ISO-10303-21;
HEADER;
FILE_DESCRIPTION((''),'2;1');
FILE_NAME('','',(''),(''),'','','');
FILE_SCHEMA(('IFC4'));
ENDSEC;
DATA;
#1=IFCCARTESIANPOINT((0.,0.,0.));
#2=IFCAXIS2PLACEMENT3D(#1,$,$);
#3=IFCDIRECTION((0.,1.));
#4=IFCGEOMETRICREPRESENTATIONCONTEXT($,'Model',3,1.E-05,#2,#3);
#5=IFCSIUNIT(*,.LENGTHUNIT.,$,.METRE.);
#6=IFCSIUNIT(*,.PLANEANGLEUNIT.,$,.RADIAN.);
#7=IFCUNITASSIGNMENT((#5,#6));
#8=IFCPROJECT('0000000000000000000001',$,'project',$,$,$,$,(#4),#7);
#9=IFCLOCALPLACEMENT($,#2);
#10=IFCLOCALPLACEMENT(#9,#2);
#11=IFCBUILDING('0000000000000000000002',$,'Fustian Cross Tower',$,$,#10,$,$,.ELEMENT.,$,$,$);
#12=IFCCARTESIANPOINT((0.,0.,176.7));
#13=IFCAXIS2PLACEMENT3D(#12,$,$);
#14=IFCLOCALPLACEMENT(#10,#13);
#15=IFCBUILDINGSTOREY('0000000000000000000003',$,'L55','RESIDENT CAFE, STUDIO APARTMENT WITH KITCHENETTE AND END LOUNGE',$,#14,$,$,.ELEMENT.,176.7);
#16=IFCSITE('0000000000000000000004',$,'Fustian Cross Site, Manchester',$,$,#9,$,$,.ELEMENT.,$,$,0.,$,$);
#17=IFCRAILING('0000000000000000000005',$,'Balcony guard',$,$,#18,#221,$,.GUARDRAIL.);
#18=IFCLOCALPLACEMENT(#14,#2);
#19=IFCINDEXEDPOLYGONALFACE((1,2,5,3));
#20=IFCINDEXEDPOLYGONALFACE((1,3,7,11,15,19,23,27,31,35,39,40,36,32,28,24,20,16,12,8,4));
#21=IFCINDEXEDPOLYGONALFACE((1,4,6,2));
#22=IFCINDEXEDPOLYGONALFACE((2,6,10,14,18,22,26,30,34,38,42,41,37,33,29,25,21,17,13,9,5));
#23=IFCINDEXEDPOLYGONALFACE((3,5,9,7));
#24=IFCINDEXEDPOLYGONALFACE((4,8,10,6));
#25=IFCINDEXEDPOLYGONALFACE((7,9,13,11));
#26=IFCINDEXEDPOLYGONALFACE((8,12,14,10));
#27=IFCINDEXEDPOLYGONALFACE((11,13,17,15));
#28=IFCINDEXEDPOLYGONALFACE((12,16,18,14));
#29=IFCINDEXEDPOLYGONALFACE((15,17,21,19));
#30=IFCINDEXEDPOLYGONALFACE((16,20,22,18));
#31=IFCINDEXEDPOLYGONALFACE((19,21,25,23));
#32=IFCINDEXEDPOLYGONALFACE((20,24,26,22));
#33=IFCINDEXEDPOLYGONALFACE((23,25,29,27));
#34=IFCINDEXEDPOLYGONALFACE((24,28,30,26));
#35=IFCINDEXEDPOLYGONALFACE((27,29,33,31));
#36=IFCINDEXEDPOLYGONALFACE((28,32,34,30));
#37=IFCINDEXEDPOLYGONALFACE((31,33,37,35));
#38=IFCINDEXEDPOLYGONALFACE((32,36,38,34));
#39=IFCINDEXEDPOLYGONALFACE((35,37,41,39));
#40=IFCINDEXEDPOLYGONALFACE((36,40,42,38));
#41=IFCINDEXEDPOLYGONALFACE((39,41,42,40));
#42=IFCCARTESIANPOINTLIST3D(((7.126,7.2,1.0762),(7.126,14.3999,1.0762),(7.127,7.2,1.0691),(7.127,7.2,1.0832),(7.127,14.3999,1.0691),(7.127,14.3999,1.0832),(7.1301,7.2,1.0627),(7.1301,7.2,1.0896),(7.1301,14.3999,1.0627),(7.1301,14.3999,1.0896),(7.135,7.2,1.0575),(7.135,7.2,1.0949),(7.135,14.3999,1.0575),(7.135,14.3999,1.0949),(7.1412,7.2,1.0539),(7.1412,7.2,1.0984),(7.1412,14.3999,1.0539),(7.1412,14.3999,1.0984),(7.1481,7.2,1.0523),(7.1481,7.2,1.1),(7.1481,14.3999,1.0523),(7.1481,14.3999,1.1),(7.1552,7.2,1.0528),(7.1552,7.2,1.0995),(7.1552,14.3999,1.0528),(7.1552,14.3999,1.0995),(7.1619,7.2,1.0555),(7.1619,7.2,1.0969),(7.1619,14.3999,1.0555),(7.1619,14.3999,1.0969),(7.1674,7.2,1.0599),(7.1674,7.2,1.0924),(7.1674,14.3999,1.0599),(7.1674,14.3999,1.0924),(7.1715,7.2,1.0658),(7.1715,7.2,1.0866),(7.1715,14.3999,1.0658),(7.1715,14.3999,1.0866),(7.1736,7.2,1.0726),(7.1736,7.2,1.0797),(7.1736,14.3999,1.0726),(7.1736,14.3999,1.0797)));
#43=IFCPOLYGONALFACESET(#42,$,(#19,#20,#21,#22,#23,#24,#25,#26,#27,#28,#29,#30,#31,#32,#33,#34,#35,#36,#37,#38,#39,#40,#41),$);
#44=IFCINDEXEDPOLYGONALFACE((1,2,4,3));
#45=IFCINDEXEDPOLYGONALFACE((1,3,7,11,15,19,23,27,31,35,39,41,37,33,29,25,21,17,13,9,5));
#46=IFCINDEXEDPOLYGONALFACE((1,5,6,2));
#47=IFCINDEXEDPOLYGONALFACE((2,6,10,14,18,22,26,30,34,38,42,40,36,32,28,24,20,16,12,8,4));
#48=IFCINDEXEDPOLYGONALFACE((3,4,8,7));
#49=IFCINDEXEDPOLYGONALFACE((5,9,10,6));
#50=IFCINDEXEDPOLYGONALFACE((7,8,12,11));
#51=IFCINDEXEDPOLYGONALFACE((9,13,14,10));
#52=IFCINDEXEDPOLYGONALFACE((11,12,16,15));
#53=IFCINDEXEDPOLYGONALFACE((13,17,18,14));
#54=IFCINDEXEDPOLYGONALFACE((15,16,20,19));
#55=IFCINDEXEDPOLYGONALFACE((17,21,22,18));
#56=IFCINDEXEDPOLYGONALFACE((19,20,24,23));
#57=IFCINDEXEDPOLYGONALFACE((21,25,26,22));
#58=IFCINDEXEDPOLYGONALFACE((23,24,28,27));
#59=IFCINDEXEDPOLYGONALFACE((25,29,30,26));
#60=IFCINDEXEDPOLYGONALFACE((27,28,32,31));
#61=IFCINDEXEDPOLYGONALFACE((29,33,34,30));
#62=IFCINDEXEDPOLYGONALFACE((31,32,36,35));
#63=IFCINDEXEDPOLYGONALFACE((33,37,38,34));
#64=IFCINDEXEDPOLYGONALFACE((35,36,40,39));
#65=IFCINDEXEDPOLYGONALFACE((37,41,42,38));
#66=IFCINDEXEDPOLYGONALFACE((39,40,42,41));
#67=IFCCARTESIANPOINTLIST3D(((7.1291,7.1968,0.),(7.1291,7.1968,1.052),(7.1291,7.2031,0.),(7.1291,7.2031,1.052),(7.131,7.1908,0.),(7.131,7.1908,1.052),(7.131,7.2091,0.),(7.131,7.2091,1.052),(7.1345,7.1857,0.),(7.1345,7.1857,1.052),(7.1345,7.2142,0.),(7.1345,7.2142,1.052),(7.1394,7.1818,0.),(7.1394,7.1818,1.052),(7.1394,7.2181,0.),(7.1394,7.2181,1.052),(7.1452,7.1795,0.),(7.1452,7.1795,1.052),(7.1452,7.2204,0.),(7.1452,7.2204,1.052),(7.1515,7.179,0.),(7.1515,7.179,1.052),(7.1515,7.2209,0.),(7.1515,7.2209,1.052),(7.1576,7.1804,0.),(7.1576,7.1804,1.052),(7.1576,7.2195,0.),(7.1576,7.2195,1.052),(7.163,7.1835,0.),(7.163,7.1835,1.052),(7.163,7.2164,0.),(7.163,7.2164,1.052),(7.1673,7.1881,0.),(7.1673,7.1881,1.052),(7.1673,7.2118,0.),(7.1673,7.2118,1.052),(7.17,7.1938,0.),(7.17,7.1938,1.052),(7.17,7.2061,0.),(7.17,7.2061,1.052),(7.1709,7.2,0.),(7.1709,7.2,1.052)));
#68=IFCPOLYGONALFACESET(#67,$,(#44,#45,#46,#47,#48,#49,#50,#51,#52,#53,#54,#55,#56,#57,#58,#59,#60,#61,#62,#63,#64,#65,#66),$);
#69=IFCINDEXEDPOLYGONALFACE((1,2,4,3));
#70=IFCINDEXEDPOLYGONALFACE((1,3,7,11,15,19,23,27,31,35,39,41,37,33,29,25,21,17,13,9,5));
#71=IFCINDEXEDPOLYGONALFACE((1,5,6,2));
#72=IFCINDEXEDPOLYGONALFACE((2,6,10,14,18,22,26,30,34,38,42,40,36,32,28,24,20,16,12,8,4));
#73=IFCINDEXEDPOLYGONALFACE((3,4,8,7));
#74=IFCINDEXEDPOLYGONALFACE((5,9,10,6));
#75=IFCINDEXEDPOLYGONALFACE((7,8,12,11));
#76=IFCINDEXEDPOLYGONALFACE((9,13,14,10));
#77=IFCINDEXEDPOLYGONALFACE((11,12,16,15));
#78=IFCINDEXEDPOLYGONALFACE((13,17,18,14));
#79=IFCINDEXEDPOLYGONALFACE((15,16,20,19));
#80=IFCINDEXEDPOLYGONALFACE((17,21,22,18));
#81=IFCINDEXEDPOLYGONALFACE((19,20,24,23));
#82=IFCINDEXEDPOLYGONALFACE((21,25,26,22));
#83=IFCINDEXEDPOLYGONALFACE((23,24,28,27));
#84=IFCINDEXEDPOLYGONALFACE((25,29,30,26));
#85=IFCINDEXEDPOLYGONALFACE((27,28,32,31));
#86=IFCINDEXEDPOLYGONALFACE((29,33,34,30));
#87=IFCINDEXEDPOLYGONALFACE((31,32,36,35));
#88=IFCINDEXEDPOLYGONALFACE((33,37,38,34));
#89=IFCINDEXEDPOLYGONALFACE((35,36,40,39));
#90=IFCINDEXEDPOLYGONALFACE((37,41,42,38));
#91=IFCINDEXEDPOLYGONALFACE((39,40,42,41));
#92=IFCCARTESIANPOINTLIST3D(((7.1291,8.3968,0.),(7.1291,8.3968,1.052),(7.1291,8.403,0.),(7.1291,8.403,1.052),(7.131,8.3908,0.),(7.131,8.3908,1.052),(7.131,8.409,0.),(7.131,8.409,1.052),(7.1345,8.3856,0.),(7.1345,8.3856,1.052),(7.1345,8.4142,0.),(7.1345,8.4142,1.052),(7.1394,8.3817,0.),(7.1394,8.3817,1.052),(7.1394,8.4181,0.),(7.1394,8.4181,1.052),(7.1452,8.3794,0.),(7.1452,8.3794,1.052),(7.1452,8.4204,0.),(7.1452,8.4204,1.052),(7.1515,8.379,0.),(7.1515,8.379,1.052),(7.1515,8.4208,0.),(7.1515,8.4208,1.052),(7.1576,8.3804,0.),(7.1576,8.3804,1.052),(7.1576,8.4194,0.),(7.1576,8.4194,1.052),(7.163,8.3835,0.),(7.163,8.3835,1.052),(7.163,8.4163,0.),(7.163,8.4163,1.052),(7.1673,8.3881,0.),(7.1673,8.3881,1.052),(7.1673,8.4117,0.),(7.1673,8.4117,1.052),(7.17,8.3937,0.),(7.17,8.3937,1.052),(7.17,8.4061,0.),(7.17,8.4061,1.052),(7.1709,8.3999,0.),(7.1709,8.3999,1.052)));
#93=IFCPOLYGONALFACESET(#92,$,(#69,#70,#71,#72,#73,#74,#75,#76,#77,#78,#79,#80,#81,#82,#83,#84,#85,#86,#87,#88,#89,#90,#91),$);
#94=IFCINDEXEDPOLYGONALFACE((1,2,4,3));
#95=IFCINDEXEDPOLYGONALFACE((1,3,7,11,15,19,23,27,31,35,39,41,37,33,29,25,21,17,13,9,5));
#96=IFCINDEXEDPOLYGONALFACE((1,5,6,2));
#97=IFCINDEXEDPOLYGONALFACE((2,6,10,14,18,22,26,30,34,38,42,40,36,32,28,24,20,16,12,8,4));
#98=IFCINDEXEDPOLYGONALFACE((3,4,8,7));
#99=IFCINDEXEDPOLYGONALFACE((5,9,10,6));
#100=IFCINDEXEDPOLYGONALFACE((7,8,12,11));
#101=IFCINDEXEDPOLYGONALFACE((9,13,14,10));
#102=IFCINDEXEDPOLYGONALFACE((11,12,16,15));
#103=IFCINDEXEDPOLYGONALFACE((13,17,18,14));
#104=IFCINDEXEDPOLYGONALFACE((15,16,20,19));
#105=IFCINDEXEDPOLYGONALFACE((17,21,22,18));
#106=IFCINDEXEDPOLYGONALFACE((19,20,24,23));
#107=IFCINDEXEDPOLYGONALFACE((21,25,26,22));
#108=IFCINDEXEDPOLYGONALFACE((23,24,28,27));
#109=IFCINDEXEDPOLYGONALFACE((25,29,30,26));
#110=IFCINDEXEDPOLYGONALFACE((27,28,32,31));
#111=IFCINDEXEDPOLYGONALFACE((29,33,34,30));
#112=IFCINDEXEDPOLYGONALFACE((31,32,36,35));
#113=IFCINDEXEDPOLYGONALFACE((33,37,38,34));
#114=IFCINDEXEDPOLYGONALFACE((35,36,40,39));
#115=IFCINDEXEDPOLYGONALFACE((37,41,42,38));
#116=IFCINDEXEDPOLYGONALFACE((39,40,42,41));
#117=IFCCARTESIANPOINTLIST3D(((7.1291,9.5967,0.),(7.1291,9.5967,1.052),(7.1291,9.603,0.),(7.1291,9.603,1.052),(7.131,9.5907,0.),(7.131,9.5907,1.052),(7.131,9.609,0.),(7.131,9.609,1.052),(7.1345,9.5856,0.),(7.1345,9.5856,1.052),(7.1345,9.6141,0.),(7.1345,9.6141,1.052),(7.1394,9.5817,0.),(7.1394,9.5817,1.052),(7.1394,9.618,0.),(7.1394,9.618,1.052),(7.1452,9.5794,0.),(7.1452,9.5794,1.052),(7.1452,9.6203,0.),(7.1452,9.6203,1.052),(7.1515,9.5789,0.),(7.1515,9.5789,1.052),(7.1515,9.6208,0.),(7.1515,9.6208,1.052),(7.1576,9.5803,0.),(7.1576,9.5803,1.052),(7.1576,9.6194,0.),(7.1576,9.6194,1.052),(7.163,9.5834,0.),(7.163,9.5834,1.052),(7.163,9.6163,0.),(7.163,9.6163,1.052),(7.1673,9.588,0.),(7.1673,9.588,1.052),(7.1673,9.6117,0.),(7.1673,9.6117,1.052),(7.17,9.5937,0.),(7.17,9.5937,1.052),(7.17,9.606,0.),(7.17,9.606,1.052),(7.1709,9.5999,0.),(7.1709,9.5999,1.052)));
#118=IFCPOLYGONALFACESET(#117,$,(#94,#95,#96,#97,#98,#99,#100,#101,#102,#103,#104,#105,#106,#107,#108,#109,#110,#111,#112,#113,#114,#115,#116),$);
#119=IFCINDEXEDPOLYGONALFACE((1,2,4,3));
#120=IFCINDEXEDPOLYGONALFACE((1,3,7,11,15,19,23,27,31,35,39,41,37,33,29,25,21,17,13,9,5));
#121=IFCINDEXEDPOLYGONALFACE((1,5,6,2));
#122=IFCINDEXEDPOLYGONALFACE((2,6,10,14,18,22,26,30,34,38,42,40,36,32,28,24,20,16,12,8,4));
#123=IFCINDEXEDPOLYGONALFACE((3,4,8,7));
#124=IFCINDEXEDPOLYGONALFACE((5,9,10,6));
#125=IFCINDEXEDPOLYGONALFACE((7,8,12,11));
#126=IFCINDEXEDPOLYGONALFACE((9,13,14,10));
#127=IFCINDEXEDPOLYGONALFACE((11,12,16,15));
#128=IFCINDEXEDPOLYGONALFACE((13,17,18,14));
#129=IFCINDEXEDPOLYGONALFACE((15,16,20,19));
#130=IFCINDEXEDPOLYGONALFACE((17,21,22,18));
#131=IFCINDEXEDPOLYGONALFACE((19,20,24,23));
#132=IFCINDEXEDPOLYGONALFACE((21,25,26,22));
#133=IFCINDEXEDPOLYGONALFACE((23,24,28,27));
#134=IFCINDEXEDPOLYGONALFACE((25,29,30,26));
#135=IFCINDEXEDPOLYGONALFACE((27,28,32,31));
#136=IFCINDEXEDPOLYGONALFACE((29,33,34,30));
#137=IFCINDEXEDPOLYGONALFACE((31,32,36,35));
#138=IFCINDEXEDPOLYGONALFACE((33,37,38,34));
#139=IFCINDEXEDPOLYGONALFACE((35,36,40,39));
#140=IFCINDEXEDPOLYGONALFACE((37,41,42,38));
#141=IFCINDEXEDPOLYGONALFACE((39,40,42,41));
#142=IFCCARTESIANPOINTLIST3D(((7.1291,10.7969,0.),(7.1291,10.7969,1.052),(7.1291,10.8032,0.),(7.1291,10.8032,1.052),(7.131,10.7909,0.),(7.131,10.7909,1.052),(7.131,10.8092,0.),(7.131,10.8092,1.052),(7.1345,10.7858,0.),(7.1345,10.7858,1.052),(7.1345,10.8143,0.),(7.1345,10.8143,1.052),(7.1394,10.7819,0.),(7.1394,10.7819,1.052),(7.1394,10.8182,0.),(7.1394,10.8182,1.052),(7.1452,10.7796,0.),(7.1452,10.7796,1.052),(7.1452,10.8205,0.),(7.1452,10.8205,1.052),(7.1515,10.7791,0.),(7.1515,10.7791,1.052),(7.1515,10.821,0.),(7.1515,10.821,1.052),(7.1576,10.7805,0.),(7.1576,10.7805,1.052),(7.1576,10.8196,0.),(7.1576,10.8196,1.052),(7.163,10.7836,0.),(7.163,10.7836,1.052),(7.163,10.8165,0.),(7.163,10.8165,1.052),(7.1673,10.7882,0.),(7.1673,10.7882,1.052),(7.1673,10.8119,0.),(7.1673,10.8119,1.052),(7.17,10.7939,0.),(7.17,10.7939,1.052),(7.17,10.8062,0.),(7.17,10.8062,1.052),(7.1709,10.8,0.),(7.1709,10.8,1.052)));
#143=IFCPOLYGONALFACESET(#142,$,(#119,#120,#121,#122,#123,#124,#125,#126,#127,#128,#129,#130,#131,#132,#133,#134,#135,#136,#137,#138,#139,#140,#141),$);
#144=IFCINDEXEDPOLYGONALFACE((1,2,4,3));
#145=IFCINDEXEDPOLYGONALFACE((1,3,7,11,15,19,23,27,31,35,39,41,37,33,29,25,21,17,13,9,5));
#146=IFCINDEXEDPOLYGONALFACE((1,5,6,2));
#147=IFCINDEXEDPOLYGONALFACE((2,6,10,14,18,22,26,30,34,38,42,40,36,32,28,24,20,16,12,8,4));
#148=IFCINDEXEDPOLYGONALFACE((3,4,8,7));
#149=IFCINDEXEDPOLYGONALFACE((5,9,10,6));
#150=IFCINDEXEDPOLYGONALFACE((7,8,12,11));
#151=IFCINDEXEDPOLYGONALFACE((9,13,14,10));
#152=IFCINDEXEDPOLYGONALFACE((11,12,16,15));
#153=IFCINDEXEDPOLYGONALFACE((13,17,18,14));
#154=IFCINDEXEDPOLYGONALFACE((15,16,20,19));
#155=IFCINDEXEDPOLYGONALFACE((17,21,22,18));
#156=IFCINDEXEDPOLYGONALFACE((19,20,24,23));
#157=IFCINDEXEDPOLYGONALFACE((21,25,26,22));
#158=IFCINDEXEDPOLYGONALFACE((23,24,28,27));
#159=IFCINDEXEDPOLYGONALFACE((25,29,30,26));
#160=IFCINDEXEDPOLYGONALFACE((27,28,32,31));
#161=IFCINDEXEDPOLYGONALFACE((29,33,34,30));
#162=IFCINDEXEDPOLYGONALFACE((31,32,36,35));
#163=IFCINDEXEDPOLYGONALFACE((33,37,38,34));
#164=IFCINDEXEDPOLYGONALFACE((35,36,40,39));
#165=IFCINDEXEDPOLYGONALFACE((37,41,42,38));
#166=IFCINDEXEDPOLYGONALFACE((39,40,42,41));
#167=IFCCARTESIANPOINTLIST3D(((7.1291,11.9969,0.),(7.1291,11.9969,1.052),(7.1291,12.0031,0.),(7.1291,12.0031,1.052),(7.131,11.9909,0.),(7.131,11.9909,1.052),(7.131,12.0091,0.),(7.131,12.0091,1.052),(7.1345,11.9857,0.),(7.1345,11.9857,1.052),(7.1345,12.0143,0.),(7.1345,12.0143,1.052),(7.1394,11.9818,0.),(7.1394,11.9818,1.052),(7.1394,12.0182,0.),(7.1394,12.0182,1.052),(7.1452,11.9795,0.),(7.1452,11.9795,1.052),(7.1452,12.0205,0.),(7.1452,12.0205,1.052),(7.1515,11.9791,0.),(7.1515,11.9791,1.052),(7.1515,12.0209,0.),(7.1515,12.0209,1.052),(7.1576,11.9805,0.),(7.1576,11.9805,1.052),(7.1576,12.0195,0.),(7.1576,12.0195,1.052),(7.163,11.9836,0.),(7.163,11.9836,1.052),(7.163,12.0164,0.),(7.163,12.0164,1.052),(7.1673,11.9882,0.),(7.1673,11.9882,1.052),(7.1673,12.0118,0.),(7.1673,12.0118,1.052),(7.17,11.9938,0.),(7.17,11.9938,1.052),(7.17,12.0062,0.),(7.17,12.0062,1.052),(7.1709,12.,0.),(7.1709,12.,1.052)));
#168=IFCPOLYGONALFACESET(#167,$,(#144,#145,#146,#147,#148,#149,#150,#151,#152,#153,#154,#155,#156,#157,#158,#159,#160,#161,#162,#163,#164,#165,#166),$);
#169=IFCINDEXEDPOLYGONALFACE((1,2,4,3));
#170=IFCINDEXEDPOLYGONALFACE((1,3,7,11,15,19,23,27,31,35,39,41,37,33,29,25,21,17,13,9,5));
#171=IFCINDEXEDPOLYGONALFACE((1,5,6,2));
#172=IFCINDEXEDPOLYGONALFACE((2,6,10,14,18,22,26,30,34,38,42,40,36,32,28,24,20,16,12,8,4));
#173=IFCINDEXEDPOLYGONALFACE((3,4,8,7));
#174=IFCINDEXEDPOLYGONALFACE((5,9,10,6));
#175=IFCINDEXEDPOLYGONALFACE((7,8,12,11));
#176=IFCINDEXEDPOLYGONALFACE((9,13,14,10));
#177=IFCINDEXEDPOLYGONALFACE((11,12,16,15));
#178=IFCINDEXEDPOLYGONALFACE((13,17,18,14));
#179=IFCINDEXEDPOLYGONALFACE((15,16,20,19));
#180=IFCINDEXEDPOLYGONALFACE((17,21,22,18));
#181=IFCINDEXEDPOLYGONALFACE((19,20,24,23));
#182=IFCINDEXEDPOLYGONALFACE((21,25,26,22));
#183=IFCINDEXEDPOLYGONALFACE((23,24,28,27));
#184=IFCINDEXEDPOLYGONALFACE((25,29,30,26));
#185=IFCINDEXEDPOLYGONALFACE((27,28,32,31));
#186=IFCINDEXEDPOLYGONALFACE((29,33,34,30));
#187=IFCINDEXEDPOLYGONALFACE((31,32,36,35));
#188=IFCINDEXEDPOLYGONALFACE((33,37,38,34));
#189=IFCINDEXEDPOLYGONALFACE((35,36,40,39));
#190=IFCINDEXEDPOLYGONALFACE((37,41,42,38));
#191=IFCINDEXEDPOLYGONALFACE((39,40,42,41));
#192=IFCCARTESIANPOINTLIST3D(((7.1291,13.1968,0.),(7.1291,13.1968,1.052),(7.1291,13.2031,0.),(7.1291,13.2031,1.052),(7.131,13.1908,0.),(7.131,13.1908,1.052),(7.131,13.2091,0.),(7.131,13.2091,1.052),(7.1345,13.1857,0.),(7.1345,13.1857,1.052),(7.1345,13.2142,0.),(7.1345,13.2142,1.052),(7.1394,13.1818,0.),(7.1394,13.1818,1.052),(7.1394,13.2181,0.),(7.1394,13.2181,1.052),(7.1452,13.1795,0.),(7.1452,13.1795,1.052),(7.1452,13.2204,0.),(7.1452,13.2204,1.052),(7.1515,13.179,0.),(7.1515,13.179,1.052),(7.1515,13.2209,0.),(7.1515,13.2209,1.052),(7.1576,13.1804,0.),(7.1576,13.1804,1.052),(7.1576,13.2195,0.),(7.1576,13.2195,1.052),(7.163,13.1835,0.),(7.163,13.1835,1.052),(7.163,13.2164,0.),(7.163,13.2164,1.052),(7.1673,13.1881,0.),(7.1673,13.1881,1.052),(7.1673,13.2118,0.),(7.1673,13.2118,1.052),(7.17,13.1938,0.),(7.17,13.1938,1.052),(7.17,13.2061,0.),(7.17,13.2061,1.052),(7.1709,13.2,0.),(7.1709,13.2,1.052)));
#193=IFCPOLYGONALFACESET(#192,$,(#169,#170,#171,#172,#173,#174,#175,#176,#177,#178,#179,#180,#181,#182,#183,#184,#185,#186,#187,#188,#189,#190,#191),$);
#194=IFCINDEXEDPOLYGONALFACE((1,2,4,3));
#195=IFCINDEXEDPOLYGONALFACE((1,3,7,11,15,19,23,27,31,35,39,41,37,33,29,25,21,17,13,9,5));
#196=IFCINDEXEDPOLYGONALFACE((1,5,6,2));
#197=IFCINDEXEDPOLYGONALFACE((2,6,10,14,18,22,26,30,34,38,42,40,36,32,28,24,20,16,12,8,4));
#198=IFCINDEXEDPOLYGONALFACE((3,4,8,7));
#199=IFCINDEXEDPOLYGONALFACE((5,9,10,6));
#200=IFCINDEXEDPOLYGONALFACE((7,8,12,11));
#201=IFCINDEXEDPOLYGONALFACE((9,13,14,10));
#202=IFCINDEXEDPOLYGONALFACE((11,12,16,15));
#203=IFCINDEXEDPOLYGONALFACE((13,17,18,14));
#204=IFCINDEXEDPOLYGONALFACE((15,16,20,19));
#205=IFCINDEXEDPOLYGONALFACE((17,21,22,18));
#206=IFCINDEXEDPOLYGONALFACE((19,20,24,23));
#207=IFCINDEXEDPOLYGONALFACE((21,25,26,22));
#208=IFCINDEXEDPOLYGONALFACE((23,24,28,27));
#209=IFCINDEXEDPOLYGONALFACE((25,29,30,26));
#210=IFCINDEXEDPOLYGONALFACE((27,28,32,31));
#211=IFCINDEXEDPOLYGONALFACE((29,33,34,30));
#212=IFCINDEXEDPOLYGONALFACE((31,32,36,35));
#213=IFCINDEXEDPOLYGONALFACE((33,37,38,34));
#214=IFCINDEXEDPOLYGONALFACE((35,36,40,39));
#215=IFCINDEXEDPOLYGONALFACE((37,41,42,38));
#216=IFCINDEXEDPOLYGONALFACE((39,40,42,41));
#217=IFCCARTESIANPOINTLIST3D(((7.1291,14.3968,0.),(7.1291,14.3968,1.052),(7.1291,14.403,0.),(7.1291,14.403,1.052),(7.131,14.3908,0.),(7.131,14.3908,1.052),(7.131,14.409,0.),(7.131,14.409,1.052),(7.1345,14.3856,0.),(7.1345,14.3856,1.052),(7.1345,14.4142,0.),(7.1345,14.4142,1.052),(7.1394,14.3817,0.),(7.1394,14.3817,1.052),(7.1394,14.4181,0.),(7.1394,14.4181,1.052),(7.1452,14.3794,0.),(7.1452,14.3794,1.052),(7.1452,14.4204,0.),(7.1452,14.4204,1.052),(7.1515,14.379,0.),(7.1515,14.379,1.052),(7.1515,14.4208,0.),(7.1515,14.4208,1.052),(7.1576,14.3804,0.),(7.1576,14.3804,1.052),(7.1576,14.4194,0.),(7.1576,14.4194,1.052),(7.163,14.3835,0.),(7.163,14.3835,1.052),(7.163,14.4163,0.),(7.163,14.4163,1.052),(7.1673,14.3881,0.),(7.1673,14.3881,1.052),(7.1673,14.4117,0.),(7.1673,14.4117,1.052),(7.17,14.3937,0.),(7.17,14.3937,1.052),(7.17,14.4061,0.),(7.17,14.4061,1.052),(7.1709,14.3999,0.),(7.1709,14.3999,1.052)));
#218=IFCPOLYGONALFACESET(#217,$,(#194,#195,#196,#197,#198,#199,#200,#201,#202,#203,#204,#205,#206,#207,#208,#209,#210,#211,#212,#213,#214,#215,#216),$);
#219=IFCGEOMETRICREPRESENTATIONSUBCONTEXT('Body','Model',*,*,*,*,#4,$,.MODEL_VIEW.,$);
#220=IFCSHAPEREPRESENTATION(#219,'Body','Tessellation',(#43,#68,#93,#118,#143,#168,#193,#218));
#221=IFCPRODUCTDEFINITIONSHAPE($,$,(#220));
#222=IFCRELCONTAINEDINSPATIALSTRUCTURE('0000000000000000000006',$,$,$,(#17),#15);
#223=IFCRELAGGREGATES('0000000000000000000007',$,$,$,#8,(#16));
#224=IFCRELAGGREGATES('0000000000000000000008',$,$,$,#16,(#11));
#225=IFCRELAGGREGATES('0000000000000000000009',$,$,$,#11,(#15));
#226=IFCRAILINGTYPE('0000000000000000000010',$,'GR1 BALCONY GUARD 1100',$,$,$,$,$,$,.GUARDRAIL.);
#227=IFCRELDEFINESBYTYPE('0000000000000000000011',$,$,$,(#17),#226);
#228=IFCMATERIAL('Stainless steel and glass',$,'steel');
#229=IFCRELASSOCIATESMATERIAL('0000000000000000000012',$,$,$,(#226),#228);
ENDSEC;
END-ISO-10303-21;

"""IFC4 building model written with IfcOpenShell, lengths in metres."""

from ifc_helpers import new_model, si_unit, direction, frame, origin, origin_2d, place, context, subcontext, project, spatial, circle, extrude, material, type_object, element, save


model = new_model("IFC4")

# Units and contexts
model_context = context("Model", 3, precision=1e-05, world=origin(), true_north=direction((0.0, 1.0)))
body_context = subcontext(model_context, "Body", "Model", "MODEL_VIEW")
ifc_project = project(units=[si_unit("LENGTHUNIT", "METRE"), si_unit("PLANEANGLEUNIT", "RADIAN")], contexts=[model_context])

# Site, building, storey
site_placement = place(None, origin())
site = spatial("IfcSite", under=ifc_project, at=site_placement, Name="Fustian Cross Site, Manchester", CompositionType="ELEMENT", RefElevation=0.0)
building_placement = place(site_placement, origin())
building = spatial("IfcBuilding", under=site, at=building_placement, Name="Fustian Cross Tower", CompositionType="ELEMENT")
storey_placement = place(building_placement, frame((0.0, 0.0, 176.7)))
storey = spatial("IfcBuildingStorey", under=building, at=storey_placement, Name="L55", Description="RESIDENT CAFE, STUDIO APARTMENT WITH KITCHENETTE AND END LOUNGE", CompositionType="ELEMENT", Elevation=176.7)

# Railing
ifc_material_1 = material(Name="Stainless steel and glass", Category="steel")
railing_type = type_object("IfcRailingType", Name="GR1 BALCONY GUARD 1100", PredefinedType="GUARDRAIL", material=ifc_material_1)
railing_placement = place(storey_placement, frame((7.1499, 7.2, 0.0)))
element("IfcRailing", 1, at=railing_placement, inside=storey, type_object=railing_type, Name="Balcony guard", PredefinedType="GUARDRAIL", context=body_context, shape_type="SweptSolid", body=[
    extrude(circle(Radius=0.0239, at=origin_2d()), frame((0.0, 0.0, 1.0762), z_axis=(0.0, 1.0, 0.0), x_axis=(-1.0, 0.0, 0.0)), (0.0, 0.0, 1.0), 7.2),
    extrude(circle(Radius=0.021, at=origin_2d()), origin(), (0.0, 0.0, 1.0), 1.052),
    extrude(circle(Radius=0.021, at=origin_2d()), frame((0.0, 1.2, 0.0)), (0.0, 0.0, 1.0), 1.052),
    extrude(circle(Radius=0.021, at=origin_2d()), frame((0.0, 2.3999, 0.0)), (0.0, 0.0, 1.0), 1.052),
    extrude(circle(Radius=0.021, at=origin_2d()), frame((0.0, 3.6001, 0.0)), (0.0, 0.0, 1.0), 1.052),
    extrude(circle(Radius=0.021, at=origin_2d()), frame((0.0, 4.8, 0.0)), (0.0, 0.0, 1.0), 1.052),
    extrude(circle(Radius=0.021, at=origin_2d()), frame((0.0, 6.0, 0.0)), (0.0, 0.0, 1.0), 1.052),
    extrude(circle(Radius=0.021, at=origin_2d()), frame((0.0, 7.2, 0.0)), (0.0, 0.0, 1.0), 1.052),
])

save(model, "model.ifc")
